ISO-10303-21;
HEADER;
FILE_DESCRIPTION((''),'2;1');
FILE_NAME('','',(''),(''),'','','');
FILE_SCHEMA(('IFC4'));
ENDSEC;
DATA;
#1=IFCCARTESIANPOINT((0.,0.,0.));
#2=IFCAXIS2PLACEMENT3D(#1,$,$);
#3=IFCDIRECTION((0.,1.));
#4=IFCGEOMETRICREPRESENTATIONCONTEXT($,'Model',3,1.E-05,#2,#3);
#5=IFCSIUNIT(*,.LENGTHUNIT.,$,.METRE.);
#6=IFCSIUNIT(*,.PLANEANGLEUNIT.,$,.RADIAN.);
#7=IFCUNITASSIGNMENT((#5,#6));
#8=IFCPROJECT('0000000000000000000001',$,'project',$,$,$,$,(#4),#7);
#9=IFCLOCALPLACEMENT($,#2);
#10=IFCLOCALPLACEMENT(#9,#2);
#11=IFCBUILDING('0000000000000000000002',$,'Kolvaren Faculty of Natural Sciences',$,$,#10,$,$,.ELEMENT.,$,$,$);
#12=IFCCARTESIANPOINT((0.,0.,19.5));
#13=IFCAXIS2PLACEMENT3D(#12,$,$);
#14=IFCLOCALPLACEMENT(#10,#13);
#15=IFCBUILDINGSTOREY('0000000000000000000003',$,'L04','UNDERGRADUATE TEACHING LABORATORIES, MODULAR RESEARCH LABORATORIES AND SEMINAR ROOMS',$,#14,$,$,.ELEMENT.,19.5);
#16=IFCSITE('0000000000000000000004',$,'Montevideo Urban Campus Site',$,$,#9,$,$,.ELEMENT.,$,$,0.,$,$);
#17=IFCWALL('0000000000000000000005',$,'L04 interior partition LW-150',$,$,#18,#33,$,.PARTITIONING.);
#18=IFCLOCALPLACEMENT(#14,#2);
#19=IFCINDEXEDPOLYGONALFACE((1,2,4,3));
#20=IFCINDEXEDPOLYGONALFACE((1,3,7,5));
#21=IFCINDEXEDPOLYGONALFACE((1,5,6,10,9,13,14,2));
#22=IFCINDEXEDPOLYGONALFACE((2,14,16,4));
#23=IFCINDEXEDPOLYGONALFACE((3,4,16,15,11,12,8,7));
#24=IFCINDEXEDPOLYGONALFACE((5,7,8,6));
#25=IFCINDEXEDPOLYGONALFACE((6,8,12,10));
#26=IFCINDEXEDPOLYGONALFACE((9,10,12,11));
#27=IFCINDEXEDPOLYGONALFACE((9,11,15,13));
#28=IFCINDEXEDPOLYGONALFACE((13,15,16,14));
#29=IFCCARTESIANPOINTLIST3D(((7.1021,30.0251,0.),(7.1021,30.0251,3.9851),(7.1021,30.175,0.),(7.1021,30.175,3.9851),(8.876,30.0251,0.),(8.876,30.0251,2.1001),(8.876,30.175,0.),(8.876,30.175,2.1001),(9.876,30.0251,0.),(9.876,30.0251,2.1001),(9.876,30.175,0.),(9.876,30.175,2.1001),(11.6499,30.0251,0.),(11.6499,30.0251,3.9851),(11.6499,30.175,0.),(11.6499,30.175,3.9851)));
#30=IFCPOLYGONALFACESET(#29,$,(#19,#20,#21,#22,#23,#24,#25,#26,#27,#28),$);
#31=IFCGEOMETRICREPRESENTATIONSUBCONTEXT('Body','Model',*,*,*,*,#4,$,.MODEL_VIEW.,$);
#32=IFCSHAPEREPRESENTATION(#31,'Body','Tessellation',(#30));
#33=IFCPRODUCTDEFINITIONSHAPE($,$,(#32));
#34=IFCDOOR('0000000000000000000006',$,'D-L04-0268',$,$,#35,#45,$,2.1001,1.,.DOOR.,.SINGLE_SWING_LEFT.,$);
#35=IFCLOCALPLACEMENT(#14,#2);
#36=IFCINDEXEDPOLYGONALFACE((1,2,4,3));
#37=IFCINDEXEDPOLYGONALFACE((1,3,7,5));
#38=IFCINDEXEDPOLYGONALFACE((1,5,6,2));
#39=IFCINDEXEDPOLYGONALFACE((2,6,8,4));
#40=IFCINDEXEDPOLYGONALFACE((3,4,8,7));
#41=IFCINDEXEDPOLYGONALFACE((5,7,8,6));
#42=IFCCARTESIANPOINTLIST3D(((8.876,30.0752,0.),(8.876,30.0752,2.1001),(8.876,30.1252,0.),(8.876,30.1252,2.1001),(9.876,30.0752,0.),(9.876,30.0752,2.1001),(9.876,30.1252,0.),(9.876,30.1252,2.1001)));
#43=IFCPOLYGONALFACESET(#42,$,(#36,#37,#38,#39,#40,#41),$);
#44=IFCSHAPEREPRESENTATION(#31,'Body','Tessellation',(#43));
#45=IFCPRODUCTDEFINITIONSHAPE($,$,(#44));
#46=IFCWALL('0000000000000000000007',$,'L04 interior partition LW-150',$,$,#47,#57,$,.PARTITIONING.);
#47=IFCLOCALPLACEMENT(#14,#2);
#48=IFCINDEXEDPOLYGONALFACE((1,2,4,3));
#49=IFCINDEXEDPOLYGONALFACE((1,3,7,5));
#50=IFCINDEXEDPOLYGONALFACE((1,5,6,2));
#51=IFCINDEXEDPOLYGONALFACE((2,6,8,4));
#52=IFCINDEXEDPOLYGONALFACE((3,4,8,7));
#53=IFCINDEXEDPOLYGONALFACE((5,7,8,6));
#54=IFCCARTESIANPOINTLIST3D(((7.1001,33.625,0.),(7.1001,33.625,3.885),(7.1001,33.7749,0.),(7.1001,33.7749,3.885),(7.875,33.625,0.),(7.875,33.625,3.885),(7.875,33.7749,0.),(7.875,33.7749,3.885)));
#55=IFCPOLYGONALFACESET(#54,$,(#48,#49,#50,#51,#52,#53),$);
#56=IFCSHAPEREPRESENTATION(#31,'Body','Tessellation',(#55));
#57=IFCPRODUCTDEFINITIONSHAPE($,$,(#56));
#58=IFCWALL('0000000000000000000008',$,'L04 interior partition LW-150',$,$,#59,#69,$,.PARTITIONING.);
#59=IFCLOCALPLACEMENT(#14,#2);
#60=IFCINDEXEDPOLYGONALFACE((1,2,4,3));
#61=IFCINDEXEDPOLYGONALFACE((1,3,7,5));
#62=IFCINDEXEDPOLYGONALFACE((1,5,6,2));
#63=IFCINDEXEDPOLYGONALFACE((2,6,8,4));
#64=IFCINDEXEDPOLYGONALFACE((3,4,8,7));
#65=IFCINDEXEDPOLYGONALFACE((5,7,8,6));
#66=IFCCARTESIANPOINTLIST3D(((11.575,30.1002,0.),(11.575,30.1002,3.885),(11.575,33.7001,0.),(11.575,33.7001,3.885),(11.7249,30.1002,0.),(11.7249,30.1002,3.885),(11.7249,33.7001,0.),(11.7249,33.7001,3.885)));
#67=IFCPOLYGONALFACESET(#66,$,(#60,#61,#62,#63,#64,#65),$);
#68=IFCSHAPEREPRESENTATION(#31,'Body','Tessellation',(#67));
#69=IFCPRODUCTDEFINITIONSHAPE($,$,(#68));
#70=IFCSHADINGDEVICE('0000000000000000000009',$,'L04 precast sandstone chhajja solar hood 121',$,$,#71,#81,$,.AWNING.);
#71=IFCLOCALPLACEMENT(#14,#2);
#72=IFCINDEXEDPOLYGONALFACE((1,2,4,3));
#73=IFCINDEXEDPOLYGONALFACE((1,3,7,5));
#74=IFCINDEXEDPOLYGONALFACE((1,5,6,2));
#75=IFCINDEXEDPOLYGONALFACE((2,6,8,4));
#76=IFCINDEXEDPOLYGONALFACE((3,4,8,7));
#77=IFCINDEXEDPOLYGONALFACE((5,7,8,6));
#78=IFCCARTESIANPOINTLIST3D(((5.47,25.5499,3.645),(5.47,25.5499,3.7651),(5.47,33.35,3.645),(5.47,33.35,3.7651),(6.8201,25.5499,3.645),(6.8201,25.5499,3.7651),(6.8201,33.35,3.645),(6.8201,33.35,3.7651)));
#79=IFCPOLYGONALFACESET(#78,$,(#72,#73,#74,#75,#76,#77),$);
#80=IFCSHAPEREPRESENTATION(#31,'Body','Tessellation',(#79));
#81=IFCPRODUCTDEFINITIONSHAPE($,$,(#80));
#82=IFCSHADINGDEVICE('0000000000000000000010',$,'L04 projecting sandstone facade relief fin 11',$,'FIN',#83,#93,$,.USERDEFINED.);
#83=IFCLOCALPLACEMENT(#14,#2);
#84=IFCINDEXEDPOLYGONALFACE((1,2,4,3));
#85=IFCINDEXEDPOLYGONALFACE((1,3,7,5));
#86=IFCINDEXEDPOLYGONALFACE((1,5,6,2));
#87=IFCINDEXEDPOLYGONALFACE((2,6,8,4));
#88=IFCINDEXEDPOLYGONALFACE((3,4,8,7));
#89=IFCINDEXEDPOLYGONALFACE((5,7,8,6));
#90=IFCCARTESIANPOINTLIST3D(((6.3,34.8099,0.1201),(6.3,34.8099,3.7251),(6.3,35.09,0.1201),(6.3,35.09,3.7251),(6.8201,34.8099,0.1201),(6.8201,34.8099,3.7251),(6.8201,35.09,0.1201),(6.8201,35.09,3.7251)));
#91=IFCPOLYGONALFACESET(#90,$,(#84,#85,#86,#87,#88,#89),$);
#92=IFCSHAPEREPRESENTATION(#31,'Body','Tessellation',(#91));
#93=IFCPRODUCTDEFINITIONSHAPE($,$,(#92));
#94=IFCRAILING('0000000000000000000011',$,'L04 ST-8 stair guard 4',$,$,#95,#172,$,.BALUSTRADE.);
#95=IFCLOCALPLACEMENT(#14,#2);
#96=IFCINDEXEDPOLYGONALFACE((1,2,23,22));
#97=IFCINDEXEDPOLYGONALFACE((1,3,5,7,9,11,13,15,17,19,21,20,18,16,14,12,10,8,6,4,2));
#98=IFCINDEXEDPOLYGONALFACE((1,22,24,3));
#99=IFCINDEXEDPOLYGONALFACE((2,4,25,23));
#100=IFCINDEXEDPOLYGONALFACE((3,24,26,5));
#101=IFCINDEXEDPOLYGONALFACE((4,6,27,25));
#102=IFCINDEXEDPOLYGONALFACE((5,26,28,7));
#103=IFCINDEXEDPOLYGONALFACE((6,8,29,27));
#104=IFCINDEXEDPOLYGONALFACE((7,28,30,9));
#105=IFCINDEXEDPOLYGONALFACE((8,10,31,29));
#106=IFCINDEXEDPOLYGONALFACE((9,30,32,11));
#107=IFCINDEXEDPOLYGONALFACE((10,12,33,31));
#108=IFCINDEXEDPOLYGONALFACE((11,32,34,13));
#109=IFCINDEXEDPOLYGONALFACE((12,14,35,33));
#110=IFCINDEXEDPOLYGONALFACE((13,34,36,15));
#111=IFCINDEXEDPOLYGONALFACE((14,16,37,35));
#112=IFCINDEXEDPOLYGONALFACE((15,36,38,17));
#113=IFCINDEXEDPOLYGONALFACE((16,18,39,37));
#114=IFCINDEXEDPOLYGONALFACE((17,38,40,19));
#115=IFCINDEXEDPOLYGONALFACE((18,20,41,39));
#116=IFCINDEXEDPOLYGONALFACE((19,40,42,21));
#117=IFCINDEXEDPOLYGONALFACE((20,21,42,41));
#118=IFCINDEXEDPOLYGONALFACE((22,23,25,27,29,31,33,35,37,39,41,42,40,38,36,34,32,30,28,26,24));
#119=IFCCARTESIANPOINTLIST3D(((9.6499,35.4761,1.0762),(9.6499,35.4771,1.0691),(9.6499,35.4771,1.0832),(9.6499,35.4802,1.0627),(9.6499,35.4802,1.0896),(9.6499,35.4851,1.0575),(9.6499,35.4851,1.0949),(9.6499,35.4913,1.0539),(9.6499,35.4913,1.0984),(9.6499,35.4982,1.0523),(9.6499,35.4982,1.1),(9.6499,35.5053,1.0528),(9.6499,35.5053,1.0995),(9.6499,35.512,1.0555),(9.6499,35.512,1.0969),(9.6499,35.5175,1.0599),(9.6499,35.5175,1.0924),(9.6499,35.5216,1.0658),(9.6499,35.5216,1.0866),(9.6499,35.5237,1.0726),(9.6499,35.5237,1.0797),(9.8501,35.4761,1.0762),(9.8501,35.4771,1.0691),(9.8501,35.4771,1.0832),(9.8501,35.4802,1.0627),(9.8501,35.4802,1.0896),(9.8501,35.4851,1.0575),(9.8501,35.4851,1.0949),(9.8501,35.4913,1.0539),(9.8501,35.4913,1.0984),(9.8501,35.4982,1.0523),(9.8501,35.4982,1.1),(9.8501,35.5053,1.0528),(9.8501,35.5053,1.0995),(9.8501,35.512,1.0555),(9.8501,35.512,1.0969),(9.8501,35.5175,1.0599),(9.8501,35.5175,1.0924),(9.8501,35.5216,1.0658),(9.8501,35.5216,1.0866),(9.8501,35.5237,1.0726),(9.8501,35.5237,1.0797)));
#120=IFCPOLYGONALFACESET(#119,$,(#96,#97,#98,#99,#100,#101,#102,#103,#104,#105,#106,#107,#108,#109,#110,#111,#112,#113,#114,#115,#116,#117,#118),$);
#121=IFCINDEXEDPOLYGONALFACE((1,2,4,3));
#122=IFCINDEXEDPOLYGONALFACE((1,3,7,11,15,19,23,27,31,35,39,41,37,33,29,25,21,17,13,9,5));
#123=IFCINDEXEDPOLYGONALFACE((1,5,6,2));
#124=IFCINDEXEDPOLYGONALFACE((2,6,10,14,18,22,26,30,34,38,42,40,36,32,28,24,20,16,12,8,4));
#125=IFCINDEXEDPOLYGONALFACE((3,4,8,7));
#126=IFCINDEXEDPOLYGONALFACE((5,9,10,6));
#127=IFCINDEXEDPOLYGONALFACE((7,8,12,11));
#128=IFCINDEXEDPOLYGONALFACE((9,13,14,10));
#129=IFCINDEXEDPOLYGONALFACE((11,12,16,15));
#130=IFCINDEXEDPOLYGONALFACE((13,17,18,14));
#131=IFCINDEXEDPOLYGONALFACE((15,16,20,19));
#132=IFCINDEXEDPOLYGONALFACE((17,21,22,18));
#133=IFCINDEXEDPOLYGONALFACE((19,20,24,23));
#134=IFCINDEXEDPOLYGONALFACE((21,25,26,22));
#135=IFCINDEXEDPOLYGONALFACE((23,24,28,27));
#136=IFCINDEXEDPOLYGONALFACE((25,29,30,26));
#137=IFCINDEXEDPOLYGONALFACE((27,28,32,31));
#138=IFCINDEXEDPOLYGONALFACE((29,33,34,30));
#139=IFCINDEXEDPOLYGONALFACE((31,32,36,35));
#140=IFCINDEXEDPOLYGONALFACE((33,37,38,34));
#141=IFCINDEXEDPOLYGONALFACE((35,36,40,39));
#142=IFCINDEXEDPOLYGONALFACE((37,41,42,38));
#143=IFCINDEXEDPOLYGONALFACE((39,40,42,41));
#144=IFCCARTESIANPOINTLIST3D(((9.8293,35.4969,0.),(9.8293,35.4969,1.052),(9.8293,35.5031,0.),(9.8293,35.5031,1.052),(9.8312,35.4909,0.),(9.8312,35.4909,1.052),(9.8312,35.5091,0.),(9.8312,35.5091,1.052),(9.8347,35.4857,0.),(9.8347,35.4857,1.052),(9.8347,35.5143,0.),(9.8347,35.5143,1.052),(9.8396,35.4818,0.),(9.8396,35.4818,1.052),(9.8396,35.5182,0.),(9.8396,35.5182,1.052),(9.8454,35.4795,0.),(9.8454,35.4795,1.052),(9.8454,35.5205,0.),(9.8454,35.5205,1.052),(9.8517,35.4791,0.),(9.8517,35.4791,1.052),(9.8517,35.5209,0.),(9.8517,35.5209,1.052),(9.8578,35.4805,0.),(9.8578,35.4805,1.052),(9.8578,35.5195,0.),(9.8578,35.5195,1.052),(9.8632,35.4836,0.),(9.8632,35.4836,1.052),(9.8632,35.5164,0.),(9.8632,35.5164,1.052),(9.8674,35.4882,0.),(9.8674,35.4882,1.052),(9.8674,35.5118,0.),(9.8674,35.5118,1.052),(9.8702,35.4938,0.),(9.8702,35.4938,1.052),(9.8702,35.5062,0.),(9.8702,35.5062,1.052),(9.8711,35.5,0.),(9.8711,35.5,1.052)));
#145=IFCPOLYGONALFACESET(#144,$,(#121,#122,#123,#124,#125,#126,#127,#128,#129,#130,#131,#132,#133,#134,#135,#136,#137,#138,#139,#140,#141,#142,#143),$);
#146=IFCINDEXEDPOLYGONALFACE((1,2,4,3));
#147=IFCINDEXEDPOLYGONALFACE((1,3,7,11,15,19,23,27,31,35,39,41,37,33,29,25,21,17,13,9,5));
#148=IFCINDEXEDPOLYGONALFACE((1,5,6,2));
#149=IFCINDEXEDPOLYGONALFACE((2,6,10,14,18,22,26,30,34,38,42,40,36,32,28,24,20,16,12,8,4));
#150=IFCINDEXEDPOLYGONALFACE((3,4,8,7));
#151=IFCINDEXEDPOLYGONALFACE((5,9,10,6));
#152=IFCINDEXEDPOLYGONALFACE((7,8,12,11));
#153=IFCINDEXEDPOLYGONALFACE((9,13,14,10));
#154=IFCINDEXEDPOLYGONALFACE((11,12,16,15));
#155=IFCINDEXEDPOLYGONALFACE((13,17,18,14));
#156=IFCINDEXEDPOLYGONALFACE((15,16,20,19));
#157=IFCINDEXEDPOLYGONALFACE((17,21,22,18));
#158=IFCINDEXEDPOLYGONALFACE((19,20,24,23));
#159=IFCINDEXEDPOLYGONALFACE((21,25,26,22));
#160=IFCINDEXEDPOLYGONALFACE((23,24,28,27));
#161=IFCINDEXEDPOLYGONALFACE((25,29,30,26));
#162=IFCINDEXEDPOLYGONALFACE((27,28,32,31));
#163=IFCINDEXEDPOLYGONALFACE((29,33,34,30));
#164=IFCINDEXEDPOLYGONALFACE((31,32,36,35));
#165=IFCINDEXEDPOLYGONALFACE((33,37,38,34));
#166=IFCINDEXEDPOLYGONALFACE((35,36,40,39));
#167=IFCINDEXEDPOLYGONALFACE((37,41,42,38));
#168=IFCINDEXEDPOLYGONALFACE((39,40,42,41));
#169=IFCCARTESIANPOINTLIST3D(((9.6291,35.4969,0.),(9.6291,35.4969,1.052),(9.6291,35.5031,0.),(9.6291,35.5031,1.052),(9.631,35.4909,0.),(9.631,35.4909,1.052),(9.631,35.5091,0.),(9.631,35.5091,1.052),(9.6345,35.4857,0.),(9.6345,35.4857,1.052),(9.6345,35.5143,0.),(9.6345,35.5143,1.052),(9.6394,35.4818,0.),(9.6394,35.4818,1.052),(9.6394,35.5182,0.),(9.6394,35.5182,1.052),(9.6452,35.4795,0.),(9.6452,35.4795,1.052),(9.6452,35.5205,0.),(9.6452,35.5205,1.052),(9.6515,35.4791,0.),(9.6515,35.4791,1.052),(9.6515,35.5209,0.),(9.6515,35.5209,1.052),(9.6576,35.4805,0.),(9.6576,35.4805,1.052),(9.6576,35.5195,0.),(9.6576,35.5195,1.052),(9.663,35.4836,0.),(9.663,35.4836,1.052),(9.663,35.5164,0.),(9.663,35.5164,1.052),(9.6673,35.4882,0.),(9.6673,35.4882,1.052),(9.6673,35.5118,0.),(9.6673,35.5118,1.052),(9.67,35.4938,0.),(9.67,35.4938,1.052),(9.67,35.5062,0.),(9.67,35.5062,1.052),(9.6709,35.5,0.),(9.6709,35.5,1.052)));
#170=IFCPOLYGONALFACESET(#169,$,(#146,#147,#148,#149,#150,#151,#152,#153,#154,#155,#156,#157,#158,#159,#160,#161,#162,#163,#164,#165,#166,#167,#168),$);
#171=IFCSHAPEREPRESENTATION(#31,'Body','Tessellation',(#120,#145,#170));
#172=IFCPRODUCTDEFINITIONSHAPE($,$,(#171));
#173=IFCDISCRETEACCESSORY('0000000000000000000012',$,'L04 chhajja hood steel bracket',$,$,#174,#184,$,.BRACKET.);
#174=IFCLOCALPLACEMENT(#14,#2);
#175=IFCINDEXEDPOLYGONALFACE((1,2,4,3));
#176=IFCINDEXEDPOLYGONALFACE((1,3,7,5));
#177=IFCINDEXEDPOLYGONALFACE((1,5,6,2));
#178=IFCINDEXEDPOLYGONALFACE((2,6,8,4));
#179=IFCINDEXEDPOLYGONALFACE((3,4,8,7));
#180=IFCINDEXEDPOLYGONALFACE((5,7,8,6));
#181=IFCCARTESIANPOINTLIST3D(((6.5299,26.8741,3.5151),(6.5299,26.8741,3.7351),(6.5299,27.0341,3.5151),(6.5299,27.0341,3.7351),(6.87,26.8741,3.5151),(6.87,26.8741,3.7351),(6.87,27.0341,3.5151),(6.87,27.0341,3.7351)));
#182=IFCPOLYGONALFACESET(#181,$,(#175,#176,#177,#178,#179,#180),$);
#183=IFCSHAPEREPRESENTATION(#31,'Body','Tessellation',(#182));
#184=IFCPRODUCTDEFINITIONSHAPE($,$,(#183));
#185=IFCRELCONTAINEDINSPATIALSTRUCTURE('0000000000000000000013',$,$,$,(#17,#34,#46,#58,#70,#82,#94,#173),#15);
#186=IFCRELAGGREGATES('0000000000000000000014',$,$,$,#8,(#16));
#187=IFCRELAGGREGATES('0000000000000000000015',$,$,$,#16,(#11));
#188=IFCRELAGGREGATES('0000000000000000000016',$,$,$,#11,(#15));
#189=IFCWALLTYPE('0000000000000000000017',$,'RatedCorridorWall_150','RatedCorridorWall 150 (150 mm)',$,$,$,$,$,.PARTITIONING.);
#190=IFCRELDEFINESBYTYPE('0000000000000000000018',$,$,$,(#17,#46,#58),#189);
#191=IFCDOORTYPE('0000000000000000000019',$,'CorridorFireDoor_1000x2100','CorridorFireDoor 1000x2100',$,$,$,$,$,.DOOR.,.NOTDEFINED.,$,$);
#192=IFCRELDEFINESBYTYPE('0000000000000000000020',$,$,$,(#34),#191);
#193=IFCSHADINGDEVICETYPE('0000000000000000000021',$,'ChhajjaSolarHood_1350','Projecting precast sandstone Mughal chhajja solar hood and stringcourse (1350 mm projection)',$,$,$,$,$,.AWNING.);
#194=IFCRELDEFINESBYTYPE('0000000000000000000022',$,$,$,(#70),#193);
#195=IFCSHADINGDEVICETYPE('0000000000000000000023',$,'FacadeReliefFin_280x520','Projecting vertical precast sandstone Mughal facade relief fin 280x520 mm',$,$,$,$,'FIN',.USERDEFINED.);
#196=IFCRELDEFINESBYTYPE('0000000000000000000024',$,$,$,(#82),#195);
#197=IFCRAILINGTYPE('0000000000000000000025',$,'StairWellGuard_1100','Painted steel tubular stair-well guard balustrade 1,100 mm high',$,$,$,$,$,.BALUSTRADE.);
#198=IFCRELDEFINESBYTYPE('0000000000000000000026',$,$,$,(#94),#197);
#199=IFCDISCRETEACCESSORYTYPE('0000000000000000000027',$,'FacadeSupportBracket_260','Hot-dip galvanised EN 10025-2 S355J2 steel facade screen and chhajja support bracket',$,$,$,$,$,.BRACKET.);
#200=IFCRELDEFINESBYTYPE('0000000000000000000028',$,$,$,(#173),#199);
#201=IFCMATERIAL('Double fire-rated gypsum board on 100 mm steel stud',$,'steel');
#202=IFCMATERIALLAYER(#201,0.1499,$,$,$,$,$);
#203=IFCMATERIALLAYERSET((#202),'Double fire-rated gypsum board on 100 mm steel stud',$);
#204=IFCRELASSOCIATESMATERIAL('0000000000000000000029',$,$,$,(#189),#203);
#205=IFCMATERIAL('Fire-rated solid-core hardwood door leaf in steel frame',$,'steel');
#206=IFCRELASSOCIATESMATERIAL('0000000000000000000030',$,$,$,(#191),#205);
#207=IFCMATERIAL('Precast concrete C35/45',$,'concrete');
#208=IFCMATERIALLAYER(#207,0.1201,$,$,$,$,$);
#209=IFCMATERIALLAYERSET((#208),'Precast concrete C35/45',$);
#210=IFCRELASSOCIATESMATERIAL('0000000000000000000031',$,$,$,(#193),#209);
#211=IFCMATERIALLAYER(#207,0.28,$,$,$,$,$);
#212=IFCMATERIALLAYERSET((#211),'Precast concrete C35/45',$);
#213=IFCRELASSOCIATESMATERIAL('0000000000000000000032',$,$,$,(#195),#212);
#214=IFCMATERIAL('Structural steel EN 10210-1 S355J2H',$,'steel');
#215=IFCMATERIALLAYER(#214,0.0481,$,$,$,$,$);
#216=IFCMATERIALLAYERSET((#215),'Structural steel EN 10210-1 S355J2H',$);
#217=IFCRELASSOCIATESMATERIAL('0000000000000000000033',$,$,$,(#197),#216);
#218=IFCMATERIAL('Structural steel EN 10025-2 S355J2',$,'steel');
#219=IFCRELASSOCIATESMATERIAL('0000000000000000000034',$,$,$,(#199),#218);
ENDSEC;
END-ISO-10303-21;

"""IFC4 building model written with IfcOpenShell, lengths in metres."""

from ifc_helpers import new_model, si_unit, direction, frame, frame_2d, origin, origin_2d, place, context, subcontext, project, spatial, rectangle, circle, extrude, material, layer, layer_set, type_object, element, fill, save


model = new_model("IFC4")

# Units and contexts
model_context = context("Model", 3, precision=1e-05, world=origin(), true_north=direction((0.0, 1.0)))
body_context = subcontext(model_context, "Body", "Model", "MODEL_VIEW")
ifc_project = project(units=[si_unit("LENGTHUNIT", "METRE"), si_unit("PLANEANGLEUNIT", "RADIAN")], contexts=[model_context])

# Site, building, storey
site_placement = place(None, origin())
site = spatial("IfcSite", under=ifc_project, at=site_placement, Name="Montevideo Urban Campus Site", CompositionType="ELEMENT", RefElevation=0.0)
building_placement = place(site_placement, origin())
building = spatial("IfcBuilding", under=site, at=building_placement, Name="Kolvaren Faculty of Natural Sciences", CompositionType="ELEMENT")
storey_placement = place(building_placement, frame((0.0, 0.0, 19.5)))
storey = spatial("IfcBuildingStorey", under=building, at=storey_placement, Name="L04", Description="UNDERGRADUATE TEACHING LABORATORIES, MODULAR RESEARCH LABORATORIES AND SEMINAR ROOMS", CompositionType="ELEMENT", Elevation=19.5)

# Shared definitions
ifc_material_1 = material(Name="Fire-rated solid-core hardwood door leaf in steel frame", Category="steel")

# Wall, opening, door
ifc_material_2 = material(Name="Double fire-rated gypsum board on 100 mm steel stud", Category="steel")
ifc_layer_1 = layer(ifc_material_2, 0.1499)
ifc_layer_set_1 = layer_set([ifc_layer_1], Name="Double fire-rated gypsum board on 100 mm steel stud")
wall_type_1 = type_object("IfcWallType", Name="RatedCorridorWall_150", Description="RatedCorridorWall 150 (150 mm)", PredefinedType="PARTITIONING", material=ifc_layer_set_1)
wall_1_placement = place(storey_placement, frame((11.6499, 30.1001, 0.0), z_axis=(0.0, 0.0, 1.0), x_axis=(-1.0, 0.0, 0.0)))
wall_1 = element("IfcWall", 1, at=wall_1_placement, inside=storey, type_object=wall_type_1, Name="L04 interior partition LW-150", PredefinedType="PARTITIONING", context=body_context, shape_type="SweptSolid", body=[
    extrude(rectangle(XDim=4.5479, YDim=0.1499, at=frame_2d((2.2739, 0.0))), origin(), (0.0, 0.0, 1.0), 3.9851),
])
opening_1_placement = place(wall_1_placement, frame((1.7739, 0.0, 0.0)))
opening_1 = element("IfcOpeningElement", 2, at=opening_1_placement, cuts=wall_1, PredefinedType="OPENING", context=body_context, shape_type="SweptSolid", body=[
    extrude(rectangle(XDim=1.0, YDim=2.1001, at=frame_2d((0.5, 1.05))), frame((0.0, 0.085, 0.0), z_axis=(0.0, -1.0, 0.0), x_axis=(1.0, 0.0, 0.0)), (0.0, 0.0, 1.0), 0.1699),
])
door_type_1 = type_object("IfcDoorType", Name="CorridorFireDoor_1000x2100", Description="CorridorFireDoor 1000x2100", OperationType="NOTDEFINED", PredefinedType="DOOR", material=ifc_material_1)
door_1_placement = place(opening_1_placement, origin())
door_1 = element("IfcDoor", 3, at=door_1_placement, inside=storey, type_object=door_type_1, Name="D-L04-0268", OperationType="SINGLE_SWING_LEFT", OverallHeight=2.1001, OverallWidth=1.0, PredefinedType="DOOR", context=body_context, shape_type="SweptSolid", body=[
    extrude(rectangle(XDim=1.0, YDim=2.1001, at=frame_2d((0.5, 1.05))), frame((0.0, 0.0249, 0.0), z_axis=(0.0, -1.0, 0.0), x_axis=(1.0, 0.0, 0.0)), (0.0, 0.0, 1.0), 0.05),
])
fill(opening_1, door_1)

# Walls
wall_2_placement = place(storey_placement, frame((7.1001, 33.7, 0.0), z_axis=(0.0, 0.0, 1.0), x_axis=(1.0, 0.0, 0.0)))
element("IfcWall", 4, at=wall_2_placement, inside=storey, type_object=wall_type_1, Name="L04 interior partition LW-150", PredefinedType="PARTITIONING", context=body_context, shape_type="SweptSolid", body=[
    extrude(rectangle(XDim=0.7749, YDim=0.1499, at=frame_2d((0.3875, 0.0))), origin(), (0.0, 0.0, 1.0), 3.885),
])
wall_3_placement = place(storey_placement, frame((11.6499, 33.7, 0.0), z_axis=(0.0, 0.0, 1.0), x_axis=(0.0, -1.0, 0.0)))
element("IfcWall", 5, at=wall_3_placement, inside=storey, type_object=wall_type_1, Name="L04 interior partition LW-150", PredefinedType="PARTITIONING", context=body_context, shape_type="SweptSolid", body=[
    extrude(rectangle(XDim=3.5999, YDim=0.1499, at=frame_2d((1.7998, 0.0))), origin(), (0.0, 0.0, 1.0), 3.885),
])

# Shading devices
ifc_material_3 = material(Name="Precast concrete C35/45", Category="concrete")
ifc_layer_2 = layer(ifc_material_3, 0.1201)
ifc_layer_set_2 = layer_set([ifc_layer_2], Name="Precast concrete C35/45")
shading_device_type_1 = type_object("IfcShadingDeviceType", Name="ChhajjaSolarHood_1350", Description="Projecting precast sandstone Mughal chhajja solar hood and stringcourse (1350 mm projection)", PredefinedType="AWNING", material=ifc_layer_set_2)
shading_device_1_placement = place(storey_placement, frame((6.145, 29.45, 3.645), z_axis=(0.0, 0.0, 1.0), x_axis=(0.0, 1.0, 0.0)))
element("IfcShadingDevice", 6, at=shading_device_1_placement, inside=storey, type_object=shading_device_type_1, Name="L04 precast sandstone chhajja solar hood 121", PredefinedType="AWNING", context=body_context, shape_type="SweptSolid", body=[
    extrude(rectangle(XDim=7.8, YDim=1.3501, at=origin_2d()), origin(), (0.0, 0.0, 1.0), 0.1201),
])
ifc_layer_3 = layer(ifc_material_3, 0.28)
ifc_layer_set_3 = layer_set([ifc_layer_3], Name="Precast concrete C35/45")
shading_device_type_2 = type_object("IfcShadingDeviceType", Name="FacadeReliefFin_280x520", Description="Projecting vertical precast sandstone Mughal facade relief fin 280x520 mm", ElementType="FIN", PredefinedType="USERDEFINED", material=ifc_layer_set_3)
shading_device_2_placement = place(storey_placement, frame((6.5601, 34.95, 0.1201), z_axis=(0.0, 0.0, 1.0), x_axis=(0.0, 1.0, 0.0)))
element("IfcShadingDevice", 7, at=shading_device_2_placement, inside=storey, type_object=shading_device_type_2, Name="L04 projecting sandstone facade relief fin 11", ObjectType="FIN", PredefinedType="USERDEFINED", context=body_context, shape_type="SweptSolid", body=[
    extrude(rectangle(XDim=0.28, YDim=0.52, at=origin_2d()), origin(), (0.0, 0.0, 1.0), 3.605),
])

# Railing
ifc_material_4 = material(Name="Structural steel EN 10210-1 S355J2H", Category="steel")
ifc_layer_4 = layer(ifc_material_4, 0.0481)
ifc_layer_set_4 = layer_set([ifc_layer_4], Name="Structural steel EN 10210-1 S355J2H")
railing_type = type_object("IfcRailingType", Name="StairWellGuard_1100", Description="Painted steel tubular stair-well guard balustrade 1,100 mm high", PredefinedType="BALUSTRADE", material=ifc_layer_set_4)
railing_placement = place(storey_placement, frame((9.8501, 35.5, 0.0)))
element("IfcRailing", 8, at=railing_placement, inside=storey, type_object=railing_type, Name="L04 ST-8 stair guard 4", PredefinedType="BALUSTRADE", context=body_context, shape_type="SweptSolid", body=[
    extrude(circle(Radius=0.0239, at=origin_2d()), frame((0.0, 0.0, 1.0762), z_axis=(-1.0, 0.0, 0.0), x_axis=(0.0, -1.0, 0.0)), (0.0, 0.0, 1.0), 0.2002),
    extrude(circle(Radius=0.021, at=origin_2d()), origin(), (0.0, 0.0, 1.0), 1.052),
    extrude(circle(Radius=0.021, at=origin_2d()), frame((-0.2002, 0.0, 0.0)), (0.0, 0.0, 1.0), 1.052),
])

# Discrete accessory
ifc_material_5 = material(Name="Structural steel EN 10025-2 S355J2", Category="steel")
discrete_accessory_type = type_object("IfcDiscreteAccessoryType", Name="FacadeSupportBracket_260", Description="Hot-dip galvanised EN 10025-2 S355J2 steel facade screen and chhajja support bracket", PredefinedType="BRACKET", material=ifc_material_5)
for number, where, z_axis, x_axis, name in (
    (9, (6.7, 26.9541, 3.5151), (0.0, 0.0, 1.0), (0.0, 1.0, 0.0), "L04 chhajja hood steel bracket"),
):
    element("IfcDiscreteAccessory", number, at=place(storey_placement, frame(where, z_axis=z_axis, x_axis=x_axis)), inside=storey, type_object=discrete_accessory_type, Name=name, PredefinedType="BRACKET", context=body_context, shape_type="SweptSolid", body=[
        extrude(rectangle(XDim=0.1599, YDim=0.3401, at=origin_2d()), origin(), (0.0, 0.0, 1.0), 0.22),
    ])

save(model, "model.ifc")
